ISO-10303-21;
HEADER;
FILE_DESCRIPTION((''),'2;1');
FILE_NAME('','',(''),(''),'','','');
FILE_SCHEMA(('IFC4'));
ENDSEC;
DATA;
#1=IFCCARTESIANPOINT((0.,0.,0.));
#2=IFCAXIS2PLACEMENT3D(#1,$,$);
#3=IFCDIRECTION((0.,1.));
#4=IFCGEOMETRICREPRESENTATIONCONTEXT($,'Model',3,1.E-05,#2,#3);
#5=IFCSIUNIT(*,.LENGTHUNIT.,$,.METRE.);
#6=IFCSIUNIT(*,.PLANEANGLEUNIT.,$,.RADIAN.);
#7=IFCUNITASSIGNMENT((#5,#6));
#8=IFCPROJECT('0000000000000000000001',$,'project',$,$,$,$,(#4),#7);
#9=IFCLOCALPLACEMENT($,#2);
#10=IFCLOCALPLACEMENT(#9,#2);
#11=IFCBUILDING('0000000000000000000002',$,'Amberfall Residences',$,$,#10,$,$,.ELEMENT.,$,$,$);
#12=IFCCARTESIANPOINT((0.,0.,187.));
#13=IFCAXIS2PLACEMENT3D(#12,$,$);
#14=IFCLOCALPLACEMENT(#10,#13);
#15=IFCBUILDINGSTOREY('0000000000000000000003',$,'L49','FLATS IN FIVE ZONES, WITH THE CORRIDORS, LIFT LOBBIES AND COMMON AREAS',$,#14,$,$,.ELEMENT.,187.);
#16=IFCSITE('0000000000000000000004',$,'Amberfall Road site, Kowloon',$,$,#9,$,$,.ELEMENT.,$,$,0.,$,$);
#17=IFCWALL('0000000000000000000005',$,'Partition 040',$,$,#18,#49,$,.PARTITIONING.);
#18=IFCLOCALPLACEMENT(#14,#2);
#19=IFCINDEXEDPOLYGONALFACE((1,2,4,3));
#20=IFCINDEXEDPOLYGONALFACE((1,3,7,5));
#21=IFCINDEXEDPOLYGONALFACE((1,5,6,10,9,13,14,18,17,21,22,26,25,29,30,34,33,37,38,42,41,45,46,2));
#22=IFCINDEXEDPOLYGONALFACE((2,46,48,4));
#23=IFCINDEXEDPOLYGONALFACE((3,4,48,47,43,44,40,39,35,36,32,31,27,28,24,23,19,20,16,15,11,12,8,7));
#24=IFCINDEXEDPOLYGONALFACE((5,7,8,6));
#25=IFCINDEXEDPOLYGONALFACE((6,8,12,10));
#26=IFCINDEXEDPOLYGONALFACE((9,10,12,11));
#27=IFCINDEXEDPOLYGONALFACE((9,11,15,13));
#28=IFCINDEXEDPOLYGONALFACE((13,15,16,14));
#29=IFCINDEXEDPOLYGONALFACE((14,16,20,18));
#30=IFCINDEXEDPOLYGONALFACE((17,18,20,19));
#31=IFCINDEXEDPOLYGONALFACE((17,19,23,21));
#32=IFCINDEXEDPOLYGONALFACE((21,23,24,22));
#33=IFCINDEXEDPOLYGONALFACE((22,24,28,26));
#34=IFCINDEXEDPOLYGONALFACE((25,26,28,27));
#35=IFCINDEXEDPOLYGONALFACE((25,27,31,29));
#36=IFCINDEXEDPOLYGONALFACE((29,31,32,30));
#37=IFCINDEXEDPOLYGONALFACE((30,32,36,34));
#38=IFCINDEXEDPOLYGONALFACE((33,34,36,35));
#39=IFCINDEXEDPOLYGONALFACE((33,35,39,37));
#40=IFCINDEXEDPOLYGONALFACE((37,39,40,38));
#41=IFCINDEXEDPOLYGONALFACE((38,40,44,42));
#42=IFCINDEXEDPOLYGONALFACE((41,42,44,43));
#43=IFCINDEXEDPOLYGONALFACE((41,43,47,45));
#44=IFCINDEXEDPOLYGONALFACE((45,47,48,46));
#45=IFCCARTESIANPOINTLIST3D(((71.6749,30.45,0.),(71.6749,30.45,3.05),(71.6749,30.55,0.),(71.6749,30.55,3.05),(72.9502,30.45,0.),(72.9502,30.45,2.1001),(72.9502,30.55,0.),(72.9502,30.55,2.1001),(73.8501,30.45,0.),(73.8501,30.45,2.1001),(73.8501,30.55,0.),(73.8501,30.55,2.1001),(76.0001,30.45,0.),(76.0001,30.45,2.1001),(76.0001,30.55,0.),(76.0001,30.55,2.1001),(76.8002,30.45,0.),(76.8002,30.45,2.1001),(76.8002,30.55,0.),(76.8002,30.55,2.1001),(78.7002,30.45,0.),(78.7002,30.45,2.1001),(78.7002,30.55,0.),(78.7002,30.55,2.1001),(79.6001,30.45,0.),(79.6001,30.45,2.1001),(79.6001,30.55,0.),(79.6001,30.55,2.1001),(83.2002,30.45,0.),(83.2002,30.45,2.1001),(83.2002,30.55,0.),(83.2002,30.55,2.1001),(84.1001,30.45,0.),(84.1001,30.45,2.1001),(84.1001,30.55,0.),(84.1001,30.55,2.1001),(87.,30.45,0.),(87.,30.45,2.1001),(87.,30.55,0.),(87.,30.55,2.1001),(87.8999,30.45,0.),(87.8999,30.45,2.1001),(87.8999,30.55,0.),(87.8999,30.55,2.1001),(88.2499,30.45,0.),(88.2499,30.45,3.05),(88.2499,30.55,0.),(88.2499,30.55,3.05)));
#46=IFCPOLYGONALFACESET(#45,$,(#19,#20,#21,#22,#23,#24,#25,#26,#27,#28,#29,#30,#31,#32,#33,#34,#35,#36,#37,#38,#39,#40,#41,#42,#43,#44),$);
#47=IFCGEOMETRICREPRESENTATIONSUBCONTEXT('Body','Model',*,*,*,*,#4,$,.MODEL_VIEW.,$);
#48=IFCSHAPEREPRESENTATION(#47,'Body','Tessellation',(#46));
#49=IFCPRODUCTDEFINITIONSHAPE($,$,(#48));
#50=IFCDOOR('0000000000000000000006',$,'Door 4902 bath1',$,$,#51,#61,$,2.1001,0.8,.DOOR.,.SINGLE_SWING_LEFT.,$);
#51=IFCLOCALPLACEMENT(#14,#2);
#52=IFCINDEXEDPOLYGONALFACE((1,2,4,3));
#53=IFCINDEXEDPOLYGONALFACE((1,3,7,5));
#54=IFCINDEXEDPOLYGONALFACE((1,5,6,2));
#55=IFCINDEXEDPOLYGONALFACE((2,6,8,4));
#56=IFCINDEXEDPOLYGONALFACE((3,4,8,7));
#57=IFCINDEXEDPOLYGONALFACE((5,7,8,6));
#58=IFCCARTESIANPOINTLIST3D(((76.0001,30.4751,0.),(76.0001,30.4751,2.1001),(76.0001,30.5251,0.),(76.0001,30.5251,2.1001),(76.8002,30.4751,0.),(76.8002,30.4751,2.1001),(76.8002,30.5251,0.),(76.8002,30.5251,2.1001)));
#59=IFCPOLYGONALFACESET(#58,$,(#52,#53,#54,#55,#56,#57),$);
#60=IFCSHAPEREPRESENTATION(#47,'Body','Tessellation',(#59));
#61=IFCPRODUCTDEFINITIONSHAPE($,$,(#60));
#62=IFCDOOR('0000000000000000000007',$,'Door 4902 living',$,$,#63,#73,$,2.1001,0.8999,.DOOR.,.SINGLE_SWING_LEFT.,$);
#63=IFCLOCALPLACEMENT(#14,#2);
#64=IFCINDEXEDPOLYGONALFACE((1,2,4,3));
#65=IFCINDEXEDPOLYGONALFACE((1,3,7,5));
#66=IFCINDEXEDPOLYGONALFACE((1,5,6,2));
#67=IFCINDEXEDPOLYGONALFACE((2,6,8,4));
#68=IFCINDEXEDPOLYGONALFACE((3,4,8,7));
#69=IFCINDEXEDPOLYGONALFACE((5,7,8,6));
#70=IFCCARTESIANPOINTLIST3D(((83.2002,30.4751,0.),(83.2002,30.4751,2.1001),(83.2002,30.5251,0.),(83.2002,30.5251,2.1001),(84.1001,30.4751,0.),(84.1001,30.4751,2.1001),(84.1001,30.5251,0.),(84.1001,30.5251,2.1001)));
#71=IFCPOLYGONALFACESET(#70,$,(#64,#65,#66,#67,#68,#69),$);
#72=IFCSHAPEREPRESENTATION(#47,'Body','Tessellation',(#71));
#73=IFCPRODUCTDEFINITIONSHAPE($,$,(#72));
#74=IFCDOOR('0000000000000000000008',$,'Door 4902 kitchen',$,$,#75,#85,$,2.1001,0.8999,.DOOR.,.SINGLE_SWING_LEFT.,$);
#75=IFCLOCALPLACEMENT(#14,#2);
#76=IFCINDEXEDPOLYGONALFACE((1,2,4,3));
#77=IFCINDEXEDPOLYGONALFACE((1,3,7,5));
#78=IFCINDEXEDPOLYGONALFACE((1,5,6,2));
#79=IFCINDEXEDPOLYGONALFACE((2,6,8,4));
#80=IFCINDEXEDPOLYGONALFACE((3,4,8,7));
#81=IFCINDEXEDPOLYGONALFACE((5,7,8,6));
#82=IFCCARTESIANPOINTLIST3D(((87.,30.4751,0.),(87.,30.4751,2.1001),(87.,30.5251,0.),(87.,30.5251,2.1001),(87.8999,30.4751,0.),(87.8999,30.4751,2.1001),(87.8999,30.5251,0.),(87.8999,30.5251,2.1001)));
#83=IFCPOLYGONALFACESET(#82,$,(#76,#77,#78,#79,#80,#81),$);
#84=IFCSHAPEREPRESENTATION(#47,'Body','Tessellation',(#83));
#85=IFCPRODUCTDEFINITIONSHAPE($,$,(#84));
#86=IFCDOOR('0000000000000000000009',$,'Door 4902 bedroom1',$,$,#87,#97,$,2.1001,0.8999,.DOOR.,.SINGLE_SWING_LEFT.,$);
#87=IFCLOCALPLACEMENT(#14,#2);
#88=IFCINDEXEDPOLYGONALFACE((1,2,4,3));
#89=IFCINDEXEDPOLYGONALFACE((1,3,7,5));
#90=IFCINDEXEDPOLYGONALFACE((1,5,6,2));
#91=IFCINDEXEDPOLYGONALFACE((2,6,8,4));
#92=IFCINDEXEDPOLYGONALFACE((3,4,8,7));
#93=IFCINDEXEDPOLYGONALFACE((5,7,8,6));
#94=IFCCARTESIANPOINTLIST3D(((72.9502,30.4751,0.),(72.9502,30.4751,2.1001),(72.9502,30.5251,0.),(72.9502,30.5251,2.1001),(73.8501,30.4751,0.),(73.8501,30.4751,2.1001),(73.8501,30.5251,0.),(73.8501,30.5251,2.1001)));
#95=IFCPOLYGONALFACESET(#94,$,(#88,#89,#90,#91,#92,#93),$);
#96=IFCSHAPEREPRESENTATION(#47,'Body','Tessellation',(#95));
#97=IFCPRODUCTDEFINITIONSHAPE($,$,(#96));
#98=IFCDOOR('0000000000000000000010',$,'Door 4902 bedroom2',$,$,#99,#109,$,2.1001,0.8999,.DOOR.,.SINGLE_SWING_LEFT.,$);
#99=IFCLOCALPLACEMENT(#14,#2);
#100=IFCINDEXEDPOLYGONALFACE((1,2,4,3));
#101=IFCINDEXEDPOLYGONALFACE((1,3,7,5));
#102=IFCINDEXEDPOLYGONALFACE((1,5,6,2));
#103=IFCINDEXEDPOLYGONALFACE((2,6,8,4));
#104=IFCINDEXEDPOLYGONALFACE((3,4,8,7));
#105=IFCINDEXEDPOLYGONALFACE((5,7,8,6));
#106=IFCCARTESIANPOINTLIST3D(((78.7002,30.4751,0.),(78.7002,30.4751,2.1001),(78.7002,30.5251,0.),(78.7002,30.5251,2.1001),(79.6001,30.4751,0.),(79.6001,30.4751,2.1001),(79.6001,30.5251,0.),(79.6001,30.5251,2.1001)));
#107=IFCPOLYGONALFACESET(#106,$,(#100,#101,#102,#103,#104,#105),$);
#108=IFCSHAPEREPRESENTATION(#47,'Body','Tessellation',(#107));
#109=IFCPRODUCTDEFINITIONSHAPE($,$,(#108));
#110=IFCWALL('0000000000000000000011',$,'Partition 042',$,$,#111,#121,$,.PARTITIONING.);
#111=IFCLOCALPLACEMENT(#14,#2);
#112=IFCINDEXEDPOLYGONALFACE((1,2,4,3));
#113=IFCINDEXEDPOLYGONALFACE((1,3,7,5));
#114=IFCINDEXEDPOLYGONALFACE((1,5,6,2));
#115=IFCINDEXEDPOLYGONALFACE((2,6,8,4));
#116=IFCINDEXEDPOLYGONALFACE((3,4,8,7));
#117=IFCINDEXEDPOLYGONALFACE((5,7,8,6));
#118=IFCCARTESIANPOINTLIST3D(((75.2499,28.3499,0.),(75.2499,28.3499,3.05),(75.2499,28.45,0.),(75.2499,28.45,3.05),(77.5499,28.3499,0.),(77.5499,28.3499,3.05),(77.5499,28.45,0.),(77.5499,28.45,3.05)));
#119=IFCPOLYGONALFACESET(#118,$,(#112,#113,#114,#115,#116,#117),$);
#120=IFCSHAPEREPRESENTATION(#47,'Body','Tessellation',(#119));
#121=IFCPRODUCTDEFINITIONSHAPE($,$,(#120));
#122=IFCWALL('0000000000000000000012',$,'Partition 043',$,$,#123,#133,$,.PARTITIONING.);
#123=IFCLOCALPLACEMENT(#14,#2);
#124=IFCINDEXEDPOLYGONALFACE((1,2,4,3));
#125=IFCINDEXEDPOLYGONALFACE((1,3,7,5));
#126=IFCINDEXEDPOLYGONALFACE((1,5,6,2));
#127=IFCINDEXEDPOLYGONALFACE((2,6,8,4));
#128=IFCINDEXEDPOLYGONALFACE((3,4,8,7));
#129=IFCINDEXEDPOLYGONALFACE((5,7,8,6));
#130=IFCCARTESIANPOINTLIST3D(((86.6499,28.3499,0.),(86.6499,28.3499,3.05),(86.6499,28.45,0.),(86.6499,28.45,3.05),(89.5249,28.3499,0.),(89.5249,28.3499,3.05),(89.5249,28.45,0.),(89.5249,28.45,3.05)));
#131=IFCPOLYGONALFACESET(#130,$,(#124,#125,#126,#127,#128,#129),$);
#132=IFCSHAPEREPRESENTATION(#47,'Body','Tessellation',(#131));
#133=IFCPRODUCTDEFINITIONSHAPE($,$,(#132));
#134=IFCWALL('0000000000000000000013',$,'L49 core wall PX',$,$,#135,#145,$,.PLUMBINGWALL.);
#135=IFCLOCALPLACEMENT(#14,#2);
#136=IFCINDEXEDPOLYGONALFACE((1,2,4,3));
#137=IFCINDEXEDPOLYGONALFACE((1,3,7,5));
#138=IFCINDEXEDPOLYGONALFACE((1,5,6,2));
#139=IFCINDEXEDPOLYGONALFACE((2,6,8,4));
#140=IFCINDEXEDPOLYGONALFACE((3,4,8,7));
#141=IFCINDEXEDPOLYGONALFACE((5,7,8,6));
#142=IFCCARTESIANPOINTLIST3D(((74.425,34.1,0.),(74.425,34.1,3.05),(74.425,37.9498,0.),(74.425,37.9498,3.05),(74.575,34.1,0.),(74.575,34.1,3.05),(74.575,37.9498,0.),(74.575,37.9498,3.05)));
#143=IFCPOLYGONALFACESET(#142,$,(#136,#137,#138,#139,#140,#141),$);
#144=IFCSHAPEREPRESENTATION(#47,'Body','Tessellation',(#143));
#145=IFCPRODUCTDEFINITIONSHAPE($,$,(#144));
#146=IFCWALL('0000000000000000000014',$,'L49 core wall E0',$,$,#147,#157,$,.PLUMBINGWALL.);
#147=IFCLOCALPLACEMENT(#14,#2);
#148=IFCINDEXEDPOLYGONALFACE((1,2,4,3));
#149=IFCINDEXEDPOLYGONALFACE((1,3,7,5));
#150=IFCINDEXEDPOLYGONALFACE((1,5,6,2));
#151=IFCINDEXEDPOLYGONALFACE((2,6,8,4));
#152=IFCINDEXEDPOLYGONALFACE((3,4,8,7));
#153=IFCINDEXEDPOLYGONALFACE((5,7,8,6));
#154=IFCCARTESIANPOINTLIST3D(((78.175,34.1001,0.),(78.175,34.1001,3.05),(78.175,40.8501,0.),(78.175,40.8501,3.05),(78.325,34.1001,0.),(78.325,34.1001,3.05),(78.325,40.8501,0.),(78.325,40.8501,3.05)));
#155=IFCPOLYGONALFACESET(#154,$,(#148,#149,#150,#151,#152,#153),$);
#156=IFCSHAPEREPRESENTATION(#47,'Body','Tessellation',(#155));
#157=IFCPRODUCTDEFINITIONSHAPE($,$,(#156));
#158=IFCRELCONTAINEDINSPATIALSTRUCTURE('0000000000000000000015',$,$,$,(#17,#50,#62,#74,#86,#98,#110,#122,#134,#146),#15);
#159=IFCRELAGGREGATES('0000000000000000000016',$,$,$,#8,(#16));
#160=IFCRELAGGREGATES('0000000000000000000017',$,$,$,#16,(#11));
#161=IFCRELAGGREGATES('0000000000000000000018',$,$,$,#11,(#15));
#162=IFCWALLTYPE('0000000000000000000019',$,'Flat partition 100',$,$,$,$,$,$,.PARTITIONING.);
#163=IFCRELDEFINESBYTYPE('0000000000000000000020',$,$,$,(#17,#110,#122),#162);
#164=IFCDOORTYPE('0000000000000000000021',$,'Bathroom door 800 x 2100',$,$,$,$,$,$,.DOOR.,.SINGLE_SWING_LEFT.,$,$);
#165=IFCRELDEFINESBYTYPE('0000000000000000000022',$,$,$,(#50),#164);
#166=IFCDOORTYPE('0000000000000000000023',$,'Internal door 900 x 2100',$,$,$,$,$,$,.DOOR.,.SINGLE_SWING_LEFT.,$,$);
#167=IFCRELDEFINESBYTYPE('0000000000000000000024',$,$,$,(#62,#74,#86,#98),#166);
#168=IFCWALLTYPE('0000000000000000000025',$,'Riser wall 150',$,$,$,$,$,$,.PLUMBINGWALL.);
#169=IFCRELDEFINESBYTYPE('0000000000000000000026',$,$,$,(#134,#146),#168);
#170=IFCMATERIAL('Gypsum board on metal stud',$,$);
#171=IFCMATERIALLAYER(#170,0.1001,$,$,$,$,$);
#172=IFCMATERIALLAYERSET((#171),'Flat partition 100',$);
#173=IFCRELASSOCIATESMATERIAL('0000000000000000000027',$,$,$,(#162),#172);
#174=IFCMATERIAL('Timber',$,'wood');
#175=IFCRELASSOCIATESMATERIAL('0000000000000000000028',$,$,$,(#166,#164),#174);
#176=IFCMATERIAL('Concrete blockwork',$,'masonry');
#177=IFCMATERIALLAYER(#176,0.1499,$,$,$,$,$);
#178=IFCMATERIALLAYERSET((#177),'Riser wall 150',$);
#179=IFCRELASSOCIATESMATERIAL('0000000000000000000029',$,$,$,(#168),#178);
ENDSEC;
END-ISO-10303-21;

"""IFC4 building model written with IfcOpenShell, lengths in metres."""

from ifc_helpers import new_model, si_unit, direction, frame, frame_2d, origin, place, context, subcontext, project, spatial, rectangle, extrude, material, layer, layer_set, type_object, element, fill, save


model = new_model("IFC4")

# Units and contexts
model_context = context("Model", 3, precision=1e-05, world=origin(), true_north=direction((0.0, 1.0)))
body_context = subcontext(model_context, "Body", "Model", "MODEL_VIEW")
ifc_project = project(units=[si_unit("LENGTHUNIT", "METRE"), si_unit("PLANEANGLEUNIT", "RADIAN")], contexts=[model_context])

# Site, building, storey
site_placement = place(None, origin())
site = spatial("IfcSite", under=ifc_project, at=site_placement, Name="Amberfall Road site, Kowloon", CompositionType="ELEMENT", RefElevation=0.0)
building_placement = place(site_placement, origin())
building = spatial("IfcBuilding", under=site, at=building_placement, Name="Amberfall Residences", CompositionType="ELEMENT")
storey_placement = place(building_placement, frame((0.0, 0.0, 187.0)))
storey = spatial("IfcBuildingStorey", under=building, at=storey_placement, Name="L49", Description="FLATS IN FIVE ZONES, WITH THE CORRIDORS, LIFT LOBBIES AND COMMON AREAS", CompositionType="ELEMENT", Elevation=187.0)

# Shared definitions
ifc_material_1 = material(Name="Gypsum board on metal stud")
ifc_layer_1 = layer(ifc_material_1, 0.1001)
ifc_layer_set_1 = layer_set([ifc_layer_1], Name="Flat partition 100")
wall_type_1 = type_object("IfcWallType", Name="Flat partition 100", PredefinedType="PARTITIONING", material=ifc_layer_set_1)

# Wall, openings, doors
ifc_material_2 = material(Name="Timber", Category="wood")
door_type_1 = type_object("IfcDoorType", Name="Internal door 900 x 2100", OperationType="SINGLE_SWING_LEFT", PredefinedType="DOOR", material=ifc_material_2)
wall_1_placement = place(storey_placement, frame((88.25, 30.5, 0.0), z_axis=(0.0, 0.0, 1.0), x_axis=(-1.0, 0.0, 0.0)))
wall_1 = element("IfcWall", 1, at=wall_1_placement, inside=storey, type_object=wall_type_1, Name="Partition 040", PredefinedType="PARTITIONING", context=body_context, shape_type="SweptSolid", body=[
    extrude(rectangle(XDim=16.575, YDim=0.1001, at=frame_2d((8.2876, 0.0))), origin(), (0.0, 0.0, 1.0), 3.05),
])
opening_1_placement = place(wall_1_placement, frame((4.1499, 0.0, 0.0)))
opening_1 = element("IfcOpeningElement", 2, at=opening_1_placement, cuts=wall_1, PredefinedType="OPENING", context=body_context, shape_type="SweptSolid", body=[
    extrude(rectangle(XDim=0.8999, YDim=2.1001, at=frame_2d((0.45, 1.05))), frame((0.0, 0.0601, 0.0), z_axis=(0.0, -1.0, 0.0), x_axis=(1.0, 0.0, 0.0)), (0.0, 0.0, 1.0), 0.1201),
])
opening_2_placement = place(wall_1_placement, frame((0.3501, 0.0, 0.0)))
opening_2 = element("IfcOpeningElement", 3, at=opening_2_placement, cuts=wall_1, PredefinedType="OPENING", context=body_context, shape_type="SweptSolid", body=[
    extrude(rectangle(XDim=0.8999, YDim=2.1001, at=frame_2d((0.45, 1.05))), frame((0.0, 0.0601, 0.0), z_axis=(0.0, -1.0, 0.0), x_axis=(1.0, 0.0, 0.0)), (0.0, 0.0, 1.0), 0.1201),
])
opening_3_placement = place(wall_1_placement, frame((14.3999, 0.0, 0.0)))
opening_3 = element("IfcOpeningElement", 4, at=opening_3_placement, cuts=wall_1, PredefinedType="OPENING", context=body_context, shape_type="SweptSolid", body=[
    extrude(rectangle(XDim=0.8999, YDim=2.1001, at=frame_2d((0.45, 1.05))), frame((0.0, 0.0601, 0.0), z_axis=(0.0, -1.0, 0.0), x_axis=(1.0, 0.0, 0.0)), (0.0, 0.0, 1.0), 0.1201),
])
opening_4_placement = place(wall_1_placement, frame((8.6499, 0.0, 0.0)))
opening_4 = element("IfcOpeningElement", 5, at=opening_4_placement, cuts=wall_1, PredefinedType="OPENING", context=body_context, shape_type="SweptSolid", body=[
    extrude(rectangle(XDim=0.8999, YDim=2.1001, at=frame_2d((0.45, 1.05))), frame((0.0, 0.0601, 0.0), z_axis=(0.0, -1.0, 0.0), x_axis=(1.0, 0.0, 0.0)), (0.0, 0.0, 1.0), 0.1201),
])
opening_5_placement = place(wall_1_placement, frame((11.45, 0.0, 0.0)))
opening_5 = element("IfcOpeningElement", 6, at=opening_5_placement, cuts=wall_1, PredefinedType="OPENING", context=body_context, shape_type="SweptSolid", body=[
    extrude(rectangle(XDim=0.8, YDim=2.1001, at=frame_2d((0.3999, 1.05))), frame((0.0, 0.0601, 0.0), z_axis=(0.0, -1.0, 0.0), x_axis=(1.0, 0.0, 0.0)), (0.0, 0.0, 1.0), 0.1201),
])
door_type_2 = type_object("IfcDoorType", Name="Bathroom door 800 x 2100", OperationType="SINGLE_SWING_LEFT", PredefinedType="DOOR", material=ifc_material_2)
door_1_placement = place(opening_5_placement, origin())
door_1 = element("IfcDoor", 7, at=door_1_placement, inside=storey, type_object=door_type_2, Name="Door 4902 bath1", OperationType="SINGLE_SWING_LEFT", OverallHeight=2.1001, OverallWidth=0.8, PredefinedType="DOOR", context=body_context, shape_type="SweptSolid", body=[
    extrude(rectangle(XDim=0.8, YDim=2.1001, at=frame_2d((0.3999, 1.05))), frame((0.0, 0.0249, 0.0), z_axis=(0.0, -1.0, 0.0), x_axis=(1.0, 0.0, 0.0)), (0.0, 0.0, 1.0), 0.05),
])
fill(opening_5, door_1)
door_2_placement = place(opening_1_placement, origin())
door_2 = element("IfcDoor", 8, at=door_2_placement, inside=storey, type_object=door_type_1, Name="Door 4902 living", OperationType="SINGLE_SWING_LEFT", OverallHeight=2.1001, OverallWidth=0.8999, PredefinedType="DOOR", context=body_context, shape_type="SweptSolid", body=[
    extrude(rectangle(XDim=0.8999, YDim=2.1001, at=frame_2d((0.45, 1.05))), frame((0.0, 0.0249, 0.0), z_axis=(0.0, -1.0, 0.0), x_axis=(1.0, 0.0, 0.0)), (0.0, 0.0, 1.0), 0.05),
])
fill(opening_1, door_2)
door_3_placement = place(opening_2_placement, origin())
door_3 = element("IfcDoor", 9, at=door_3_placement, inside=storey, type_object=door_type_1, Name="Door 4902 kitchen", OperationType="SINGLE_SWING_LEFT", OverallHeight=2.1001, OverallWidth=0.8999, PredefinedType="DOOR", context=body_context, shape_type="SweptSolid", body=[
    extrude(rectangle(XDim=0.8999, YDim=2.1001, at=frame_2d((0.45, 1.05))), frame((0.0, 0.0249, 0.0), z_axis=(0.0, -1.0, 0.0), x_axis=(1.0, 0.0, 0.0)), (0.0, 0.0, 1.0), 0.05),
])
fill(opening_2, door_3)
door_4_placement = place(opening_3_placement, origin())
door_4 = element("IfcDoor", 10, at=door_4_placement, inside=storey, type_object=door_type_1, Name="Door 4902 bedroom1", OperationType="SINGLE_SWING_LEFT", OverallHeight=2.1001, OverallWidth=0.8999, PredefinedType="DOOR", context=body_context, shape_type="SweptSolid", body=[
    extrude(rectangle(XDim=0.8999, YDim=2.1001, at=frame_2d((0.45, 1.05))), frame((0.0, 0.0249, 0.0), z_axis=(0.0, -1.0, 0.0), x_axis=(1.0, 0.0, 0.0)), (0.0, 0.0, 1.0), 0.05),
])
fill(opening_3, door_4)
door_5_placement = place(opening_4_placement, origin())
door_5 = element("IfcDoor", 11, at=door_5_placement, inside=storey, type_object=door_type_1, Name="Door 4902 bedroom2", OperationType="SINGLE_SWING_LEFT", OverallHeight=2.1001, OverallWidth=0.8999, PredefinedType="DOOR", context=body_context, shape_type="SweptSolid", body=[
    extrude(rectangle(XDim=0.8999, YDim=2.1001, at=frame_2d((0.45, 1.05))), frame((0.0, 0.0249, 0.0), z_axis=(0.0, -1.0, 0.0), x_axis=(1.0, 0.0, 0.0)), (0.0, 0.0, 1.0), 0.05),
])
fill(opening_4, door_5)

# Walls
wall_2_placement = place(storey_placement, frame((75.25, 28.3999, 0.0), z_axis=(0.0, 0.0, 1.0), x_axis=(1.0, 0.0, 0.0)))
element("IfcWall", 12, at=wall_2_placement, inside=storey, type_object=wall_type_1, Name="Partition 042", PredefinedType="PARTITIONING", context=body_context, shape_type="SweptSolid", body=[
    extrude(rectangle(XDim=2.3, YDim=0.1001, at=frame_2d((1.1499, 0.0))), origin(), (0.0, 0.0, 1.0), 3.05),
])
wall_3_placement = place(storey_placement, frame((86.6499, 28.3999, 0.0), z_axis=(0.0, 0.0, 1.0), x_axis=(1.0, 0.0, 0.0)))
element("IfcWall", 13, at=wall_3_placement, inside=storey, type_object=wall_type_1, Name="Partition 043", PredefinedType="PARTITIONING", context=body_context, shape_type="SweptSolid", body=[
    extrude(rectangle(XDim=2.875, YDim=0.1001, at=frame_2d((1.4375, 0.0))), origin(), (0.0, 0.0, 1.0), 3.05),
])
ifc_material_3 = material(Name="Concrete blockwork", Category="masonry")
ifc_layer_2 = layer(ifc_material_3, 0.1499)
ifc_layer_set_2 = layer_set([ifc_layer_2], Name="Riser wall 150")
wall_type_2 = type_object("IfcWallType", Name="Riser wall 150", PredefinedType="PLUMBINGWALL", material=ifc_layer_set_2)
wall_4_placement = place(storey_placement, frame((74.5, 34.1001, 0.0), z_axis=(0.0, 0.0, 1.0), x_axis=(0.0, 1.0, 0.0)))
element("IfcWall", 14, at=wall_4_placement, inside=storey, type_object=wall_type_2, Name="L49 core wall PX", PredefinedType="PLUMBINGWALL", context=body_context, shape_type="SweptSolid", body=[
    extrude(rectangle(XDim=3.8499, YDim=0.1499, at=frame_2d((1.9248, 0.0))), origin(), (0.0, 0.0, 1.0), 3.05),
])
wall_5_placement = place(storey_placement, frame((78.25, 34.1001, 0.0), z_axis=(0.0, 0.0, 1.0), x_axis=(0.0, 1.0, 0.0)))
element("IfcWall", 15, at=wall_5_placement, inside=storey, type_object=wall_type_2, Name="L49 core wall E0", PredefinedType="PLUMBINGWALL", context=body_context, shape_type="SweptSolid", body=[
    extrude(rectangle(XDim=6.75, YDim=0.1499, at=frame_2d((3.375, 0.0))), origin(), (0.0, 0.0, 1.0), 3.05),
])

save(model, "model.ifc")
